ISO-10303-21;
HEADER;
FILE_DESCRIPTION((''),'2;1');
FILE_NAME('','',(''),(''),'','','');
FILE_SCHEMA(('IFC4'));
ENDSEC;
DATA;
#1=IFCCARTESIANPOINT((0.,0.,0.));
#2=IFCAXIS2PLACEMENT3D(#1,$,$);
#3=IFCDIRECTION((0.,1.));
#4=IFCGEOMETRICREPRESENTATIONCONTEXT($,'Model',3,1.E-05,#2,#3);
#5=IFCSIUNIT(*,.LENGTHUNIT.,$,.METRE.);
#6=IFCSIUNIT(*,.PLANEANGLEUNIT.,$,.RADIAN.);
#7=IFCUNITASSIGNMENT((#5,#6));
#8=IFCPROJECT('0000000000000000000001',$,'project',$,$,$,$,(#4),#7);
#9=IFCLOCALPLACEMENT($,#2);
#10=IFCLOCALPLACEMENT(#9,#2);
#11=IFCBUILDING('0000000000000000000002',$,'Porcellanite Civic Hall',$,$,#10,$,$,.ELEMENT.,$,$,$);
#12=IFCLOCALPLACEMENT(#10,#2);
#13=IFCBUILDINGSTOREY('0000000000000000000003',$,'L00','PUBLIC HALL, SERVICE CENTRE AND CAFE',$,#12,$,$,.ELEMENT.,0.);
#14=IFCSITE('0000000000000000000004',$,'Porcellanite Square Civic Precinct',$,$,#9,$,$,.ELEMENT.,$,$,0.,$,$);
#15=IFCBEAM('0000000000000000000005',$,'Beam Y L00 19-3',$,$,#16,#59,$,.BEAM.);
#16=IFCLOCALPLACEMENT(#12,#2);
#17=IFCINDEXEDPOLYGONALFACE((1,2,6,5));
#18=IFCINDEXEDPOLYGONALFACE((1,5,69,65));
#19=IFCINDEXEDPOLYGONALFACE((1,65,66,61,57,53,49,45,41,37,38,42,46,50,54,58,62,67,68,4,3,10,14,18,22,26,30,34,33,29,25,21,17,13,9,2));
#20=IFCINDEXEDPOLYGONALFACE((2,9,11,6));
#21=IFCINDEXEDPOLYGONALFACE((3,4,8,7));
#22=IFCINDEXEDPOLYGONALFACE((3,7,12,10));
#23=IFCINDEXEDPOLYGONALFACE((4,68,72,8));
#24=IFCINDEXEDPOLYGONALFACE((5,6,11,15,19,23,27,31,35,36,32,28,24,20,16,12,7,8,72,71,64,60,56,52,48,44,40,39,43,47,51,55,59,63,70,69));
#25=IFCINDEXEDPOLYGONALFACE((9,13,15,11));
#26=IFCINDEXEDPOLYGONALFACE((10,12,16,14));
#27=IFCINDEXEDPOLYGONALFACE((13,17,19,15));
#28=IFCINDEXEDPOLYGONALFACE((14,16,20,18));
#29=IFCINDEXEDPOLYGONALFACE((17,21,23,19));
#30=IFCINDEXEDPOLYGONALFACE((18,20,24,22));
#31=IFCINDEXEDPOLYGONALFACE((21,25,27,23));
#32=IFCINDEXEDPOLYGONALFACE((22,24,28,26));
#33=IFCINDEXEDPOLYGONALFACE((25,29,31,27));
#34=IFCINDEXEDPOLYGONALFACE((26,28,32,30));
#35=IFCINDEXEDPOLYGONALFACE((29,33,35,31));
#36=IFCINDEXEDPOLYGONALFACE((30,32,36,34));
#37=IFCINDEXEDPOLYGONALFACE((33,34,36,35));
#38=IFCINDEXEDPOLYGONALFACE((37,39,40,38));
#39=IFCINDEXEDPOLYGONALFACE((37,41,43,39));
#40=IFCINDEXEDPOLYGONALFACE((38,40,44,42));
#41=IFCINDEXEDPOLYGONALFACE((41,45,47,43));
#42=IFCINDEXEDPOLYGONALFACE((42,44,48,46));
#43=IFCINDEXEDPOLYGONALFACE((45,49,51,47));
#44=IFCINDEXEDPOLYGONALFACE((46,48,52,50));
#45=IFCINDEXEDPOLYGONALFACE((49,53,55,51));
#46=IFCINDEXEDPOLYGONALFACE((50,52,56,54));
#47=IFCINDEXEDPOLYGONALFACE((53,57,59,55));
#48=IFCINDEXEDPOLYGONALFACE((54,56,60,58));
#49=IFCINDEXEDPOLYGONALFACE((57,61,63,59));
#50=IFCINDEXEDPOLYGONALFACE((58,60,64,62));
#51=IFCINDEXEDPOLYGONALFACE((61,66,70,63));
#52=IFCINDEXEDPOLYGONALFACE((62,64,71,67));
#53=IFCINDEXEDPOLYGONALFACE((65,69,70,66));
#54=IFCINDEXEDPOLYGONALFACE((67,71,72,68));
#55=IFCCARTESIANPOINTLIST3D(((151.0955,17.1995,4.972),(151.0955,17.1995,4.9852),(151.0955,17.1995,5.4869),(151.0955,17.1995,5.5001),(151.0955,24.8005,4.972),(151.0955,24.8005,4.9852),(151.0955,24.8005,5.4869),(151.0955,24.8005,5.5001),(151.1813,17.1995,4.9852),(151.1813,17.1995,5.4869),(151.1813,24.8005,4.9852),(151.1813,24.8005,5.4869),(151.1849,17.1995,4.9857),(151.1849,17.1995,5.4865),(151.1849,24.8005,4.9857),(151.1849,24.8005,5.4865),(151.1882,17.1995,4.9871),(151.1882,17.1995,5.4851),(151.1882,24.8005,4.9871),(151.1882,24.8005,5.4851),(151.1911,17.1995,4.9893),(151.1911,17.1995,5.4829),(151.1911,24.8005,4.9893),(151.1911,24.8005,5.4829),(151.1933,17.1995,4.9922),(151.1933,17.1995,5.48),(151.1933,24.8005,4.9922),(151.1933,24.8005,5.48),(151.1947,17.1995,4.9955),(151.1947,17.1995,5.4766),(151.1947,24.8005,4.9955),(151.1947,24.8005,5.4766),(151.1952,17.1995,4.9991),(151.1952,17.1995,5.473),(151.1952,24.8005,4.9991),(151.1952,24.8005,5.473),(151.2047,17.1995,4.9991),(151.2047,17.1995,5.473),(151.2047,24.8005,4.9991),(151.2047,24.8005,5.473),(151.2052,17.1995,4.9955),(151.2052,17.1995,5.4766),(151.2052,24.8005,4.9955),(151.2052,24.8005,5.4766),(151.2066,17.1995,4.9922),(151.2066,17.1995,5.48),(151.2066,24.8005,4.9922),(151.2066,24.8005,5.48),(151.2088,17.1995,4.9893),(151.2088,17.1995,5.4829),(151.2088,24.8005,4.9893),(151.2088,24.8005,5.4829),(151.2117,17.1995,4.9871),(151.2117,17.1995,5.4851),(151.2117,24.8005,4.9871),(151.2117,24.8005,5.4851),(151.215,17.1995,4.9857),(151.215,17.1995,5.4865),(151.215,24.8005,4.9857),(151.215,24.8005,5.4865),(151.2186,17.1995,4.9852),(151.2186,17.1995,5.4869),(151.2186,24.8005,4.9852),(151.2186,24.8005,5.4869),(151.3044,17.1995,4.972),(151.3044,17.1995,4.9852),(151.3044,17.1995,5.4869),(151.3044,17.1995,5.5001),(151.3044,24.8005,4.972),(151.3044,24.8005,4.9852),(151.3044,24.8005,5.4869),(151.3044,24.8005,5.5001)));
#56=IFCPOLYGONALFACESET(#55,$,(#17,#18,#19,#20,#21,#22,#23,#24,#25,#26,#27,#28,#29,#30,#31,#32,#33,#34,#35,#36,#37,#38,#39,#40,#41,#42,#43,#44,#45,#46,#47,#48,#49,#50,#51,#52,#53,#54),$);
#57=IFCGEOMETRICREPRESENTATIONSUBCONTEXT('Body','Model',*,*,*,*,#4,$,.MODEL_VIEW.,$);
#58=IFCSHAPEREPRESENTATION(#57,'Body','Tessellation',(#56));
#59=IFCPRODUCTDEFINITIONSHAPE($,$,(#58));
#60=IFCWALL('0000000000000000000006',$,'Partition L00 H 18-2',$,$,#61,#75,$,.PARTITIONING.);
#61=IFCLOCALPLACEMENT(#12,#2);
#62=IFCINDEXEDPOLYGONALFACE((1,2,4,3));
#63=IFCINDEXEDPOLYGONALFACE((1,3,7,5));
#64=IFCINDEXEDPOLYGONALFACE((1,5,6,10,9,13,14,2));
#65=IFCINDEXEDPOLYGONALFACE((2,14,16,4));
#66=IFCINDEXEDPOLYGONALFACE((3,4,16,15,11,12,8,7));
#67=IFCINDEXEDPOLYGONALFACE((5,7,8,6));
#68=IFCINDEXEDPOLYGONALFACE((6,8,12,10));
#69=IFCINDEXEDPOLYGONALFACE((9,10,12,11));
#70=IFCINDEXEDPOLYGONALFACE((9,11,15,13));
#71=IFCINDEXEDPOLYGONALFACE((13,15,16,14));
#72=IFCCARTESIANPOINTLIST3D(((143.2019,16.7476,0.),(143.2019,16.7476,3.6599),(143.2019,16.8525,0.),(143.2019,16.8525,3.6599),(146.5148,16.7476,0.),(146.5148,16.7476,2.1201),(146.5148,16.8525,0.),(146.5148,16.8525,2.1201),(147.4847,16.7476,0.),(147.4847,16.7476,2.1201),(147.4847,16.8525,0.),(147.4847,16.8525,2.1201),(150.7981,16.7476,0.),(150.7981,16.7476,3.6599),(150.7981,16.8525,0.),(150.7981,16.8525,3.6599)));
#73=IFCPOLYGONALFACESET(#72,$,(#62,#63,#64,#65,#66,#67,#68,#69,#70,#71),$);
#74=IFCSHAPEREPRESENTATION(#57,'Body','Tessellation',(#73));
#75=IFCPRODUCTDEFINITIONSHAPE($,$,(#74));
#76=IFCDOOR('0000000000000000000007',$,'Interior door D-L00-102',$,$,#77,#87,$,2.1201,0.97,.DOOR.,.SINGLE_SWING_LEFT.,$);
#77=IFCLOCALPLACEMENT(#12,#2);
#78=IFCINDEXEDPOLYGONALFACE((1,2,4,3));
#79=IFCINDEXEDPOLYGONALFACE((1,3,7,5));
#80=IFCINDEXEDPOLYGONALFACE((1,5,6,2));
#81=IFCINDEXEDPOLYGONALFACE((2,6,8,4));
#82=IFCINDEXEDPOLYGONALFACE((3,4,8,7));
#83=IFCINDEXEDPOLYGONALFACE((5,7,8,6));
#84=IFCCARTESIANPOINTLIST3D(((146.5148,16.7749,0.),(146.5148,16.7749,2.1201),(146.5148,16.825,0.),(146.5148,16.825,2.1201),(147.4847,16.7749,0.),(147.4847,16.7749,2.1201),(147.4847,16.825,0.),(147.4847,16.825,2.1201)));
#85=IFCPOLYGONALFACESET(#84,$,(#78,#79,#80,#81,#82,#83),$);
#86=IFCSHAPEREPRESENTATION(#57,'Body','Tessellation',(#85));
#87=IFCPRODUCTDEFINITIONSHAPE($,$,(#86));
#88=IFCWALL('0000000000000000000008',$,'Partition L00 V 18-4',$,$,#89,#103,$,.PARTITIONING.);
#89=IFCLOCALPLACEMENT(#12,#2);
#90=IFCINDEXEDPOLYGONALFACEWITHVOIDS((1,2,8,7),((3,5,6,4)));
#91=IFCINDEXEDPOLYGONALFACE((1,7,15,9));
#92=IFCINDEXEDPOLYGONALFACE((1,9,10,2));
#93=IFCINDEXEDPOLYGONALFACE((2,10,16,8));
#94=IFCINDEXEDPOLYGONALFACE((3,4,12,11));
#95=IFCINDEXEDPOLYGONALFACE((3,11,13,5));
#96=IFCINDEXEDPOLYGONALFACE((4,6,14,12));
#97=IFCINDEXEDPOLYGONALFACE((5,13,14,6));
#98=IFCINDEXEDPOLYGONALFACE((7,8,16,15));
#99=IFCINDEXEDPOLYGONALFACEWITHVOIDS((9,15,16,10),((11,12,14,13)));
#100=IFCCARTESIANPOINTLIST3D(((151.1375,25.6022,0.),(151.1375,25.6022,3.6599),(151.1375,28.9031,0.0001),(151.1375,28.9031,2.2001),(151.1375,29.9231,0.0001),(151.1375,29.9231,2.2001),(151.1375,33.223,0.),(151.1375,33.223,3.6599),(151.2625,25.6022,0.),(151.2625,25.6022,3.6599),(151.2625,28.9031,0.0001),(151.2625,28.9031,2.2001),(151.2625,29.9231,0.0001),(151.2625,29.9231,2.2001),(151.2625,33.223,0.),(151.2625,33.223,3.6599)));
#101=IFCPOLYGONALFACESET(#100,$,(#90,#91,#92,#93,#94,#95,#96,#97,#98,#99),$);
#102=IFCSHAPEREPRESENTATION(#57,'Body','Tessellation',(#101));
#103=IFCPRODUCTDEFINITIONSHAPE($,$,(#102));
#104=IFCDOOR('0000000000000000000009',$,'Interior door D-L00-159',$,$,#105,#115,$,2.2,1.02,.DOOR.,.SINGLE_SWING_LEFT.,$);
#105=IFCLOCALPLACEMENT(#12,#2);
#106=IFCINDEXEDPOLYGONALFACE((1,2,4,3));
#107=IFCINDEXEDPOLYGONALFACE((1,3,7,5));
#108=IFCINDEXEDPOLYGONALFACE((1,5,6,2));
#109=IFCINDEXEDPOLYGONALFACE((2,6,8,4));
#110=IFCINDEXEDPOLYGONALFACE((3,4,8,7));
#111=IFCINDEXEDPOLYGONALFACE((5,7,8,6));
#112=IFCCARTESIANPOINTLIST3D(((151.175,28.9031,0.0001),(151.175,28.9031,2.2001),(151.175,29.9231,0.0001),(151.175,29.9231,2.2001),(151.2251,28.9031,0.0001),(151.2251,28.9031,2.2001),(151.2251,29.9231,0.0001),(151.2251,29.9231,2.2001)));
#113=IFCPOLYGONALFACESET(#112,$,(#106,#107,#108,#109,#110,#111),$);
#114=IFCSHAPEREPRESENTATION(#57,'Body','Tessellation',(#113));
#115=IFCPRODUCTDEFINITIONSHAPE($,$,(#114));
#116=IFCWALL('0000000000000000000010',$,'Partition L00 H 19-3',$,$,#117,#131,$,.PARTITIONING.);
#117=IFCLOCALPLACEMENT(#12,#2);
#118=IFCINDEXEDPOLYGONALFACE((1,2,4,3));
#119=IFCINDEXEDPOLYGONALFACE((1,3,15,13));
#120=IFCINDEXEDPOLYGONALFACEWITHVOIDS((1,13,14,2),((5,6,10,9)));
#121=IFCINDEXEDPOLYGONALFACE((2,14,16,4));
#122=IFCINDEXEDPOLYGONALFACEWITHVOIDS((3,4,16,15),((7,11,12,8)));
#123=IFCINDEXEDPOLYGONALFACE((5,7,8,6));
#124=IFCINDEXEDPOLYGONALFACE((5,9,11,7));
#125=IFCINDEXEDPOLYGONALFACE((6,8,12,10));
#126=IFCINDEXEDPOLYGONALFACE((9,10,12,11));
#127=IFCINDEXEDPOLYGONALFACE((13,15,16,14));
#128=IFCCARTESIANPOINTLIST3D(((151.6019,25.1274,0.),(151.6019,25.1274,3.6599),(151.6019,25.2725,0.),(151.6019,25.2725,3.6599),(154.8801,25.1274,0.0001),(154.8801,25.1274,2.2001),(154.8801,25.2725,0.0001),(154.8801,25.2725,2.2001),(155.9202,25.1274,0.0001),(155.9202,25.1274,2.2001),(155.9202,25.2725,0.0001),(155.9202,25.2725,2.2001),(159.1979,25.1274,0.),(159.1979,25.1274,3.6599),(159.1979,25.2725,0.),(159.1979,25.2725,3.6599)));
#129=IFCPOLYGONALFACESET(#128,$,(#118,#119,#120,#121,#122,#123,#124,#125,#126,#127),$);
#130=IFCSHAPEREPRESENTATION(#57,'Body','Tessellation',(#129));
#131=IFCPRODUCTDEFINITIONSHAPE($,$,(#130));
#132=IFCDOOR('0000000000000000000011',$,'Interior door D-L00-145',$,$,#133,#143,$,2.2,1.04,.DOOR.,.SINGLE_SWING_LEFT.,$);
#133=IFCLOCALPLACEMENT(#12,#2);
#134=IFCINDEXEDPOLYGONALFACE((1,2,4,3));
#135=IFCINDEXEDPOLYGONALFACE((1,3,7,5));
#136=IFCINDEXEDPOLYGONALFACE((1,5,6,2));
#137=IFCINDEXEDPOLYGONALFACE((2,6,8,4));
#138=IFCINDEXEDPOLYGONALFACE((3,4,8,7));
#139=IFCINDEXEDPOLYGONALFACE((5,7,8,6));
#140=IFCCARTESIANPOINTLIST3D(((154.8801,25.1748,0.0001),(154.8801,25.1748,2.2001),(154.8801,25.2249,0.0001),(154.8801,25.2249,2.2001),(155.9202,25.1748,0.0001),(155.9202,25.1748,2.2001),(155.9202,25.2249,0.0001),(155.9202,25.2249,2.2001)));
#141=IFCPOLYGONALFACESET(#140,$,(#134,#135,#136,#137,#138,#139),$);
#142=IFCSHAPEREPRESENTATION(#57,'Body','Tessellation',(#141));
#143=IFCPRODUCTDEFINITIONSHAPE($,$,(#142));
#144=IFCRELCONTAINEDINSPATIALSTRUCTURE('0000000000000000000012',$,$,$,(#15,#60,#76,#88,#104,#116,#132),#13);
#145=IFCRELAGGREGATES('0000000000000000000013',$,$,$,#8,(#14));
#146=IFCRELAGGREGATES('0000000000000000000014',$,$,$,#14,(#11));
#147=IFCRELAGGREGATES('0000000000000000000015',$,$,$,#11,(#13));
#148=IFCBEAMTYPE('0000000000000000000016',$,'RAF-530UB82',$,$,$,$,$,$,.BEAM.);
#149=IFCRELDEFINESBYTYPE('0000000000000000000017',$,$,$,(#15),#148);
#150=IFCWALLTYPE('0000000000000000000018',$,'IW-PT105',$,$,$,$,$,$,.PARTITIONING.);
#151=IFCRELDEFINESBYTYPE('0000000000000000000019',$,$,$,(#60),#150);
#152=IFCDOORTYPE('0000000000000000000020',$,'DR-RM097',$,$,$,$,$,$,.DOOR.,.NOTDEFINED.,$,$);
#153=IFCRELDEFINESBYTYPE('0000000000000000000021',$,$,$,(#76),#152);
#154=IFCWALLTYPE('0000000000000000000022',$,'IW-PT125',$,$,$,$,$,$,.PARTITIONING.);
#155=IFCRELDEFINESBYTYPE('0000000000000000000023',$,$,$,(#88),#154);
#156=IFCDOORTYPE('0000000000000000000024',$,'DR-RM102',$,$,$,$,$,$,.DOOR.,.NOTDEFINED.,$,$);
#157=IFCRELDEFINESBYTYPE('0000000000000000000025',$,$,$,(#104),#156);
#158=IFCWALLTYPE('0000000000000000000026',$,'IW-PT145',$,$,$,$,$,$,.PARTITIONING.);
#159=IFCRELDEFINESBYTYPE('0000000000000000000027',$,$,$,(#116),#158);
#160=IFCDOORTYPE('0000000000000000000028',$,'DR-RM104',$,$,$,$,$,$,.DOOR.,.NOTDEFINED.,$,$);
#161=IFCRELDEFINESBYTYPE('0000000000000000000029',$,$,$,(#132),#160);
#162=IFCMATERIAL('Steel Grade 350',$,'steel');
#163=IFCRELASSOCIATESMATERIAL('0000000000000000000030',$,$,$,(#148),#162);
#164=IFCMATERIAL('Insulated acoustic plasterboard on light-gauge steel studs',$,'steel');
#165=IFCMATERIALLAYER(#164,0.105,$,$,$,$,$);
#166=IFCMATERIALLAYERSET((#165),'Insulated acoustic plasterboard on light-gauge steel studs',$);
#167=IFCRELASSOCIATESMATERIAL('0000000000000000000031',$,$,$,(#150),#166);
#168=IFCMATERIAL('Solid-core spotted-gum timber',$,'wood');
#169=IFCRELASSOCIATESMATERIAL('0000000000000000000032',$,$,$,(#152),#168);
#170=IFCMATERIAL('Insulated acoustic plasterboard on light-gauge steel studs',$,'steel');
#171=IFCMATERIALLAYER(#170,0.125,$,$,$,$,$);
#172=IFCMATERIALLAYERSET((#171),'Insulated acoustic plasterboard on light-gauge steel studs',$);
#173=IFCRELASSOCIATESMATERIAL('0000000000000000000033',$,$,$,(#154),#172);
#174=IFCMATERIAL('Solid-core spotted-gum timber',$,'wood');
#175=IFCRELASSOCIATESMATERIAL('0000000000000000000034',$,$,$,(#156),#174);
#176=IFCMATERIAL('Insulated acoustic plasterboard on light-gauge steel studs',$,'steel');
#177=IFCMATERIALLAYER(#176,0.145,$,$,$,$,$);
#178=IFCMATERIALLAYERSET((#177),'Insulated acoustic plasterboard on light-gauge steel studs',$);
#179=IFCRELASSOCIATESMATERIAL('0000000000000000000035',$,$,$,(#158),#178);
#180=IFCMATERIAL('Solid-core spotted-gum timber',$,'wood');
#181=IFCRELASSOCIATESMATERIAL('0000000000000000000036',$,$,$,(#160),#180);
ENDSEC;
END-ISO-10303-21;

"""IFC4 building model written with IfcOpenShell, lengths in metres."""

from ifc_helpers import new_model, si_unit, direction, frame, frame_2d, origin, origin_2d, place, context, subcontext, project, spatial, rectangle, i_section, extrude, material, layer, layer_set, material_profile, profile_set, type_object, element, fill, save


model = new_model("IFC4")

# Units and contexts
model_context = context("Model", 3, precision=1e-05, world=origin(), true_north=direction((0.0, 1.0)))
body_context = subcontext(model_context, "Body", "Model", "MODEL_VIEW")
ifc_project = project(units=[si_unit("LENGTHUNIT", "METRE"), si_unit("PLANEANGLEUNIT", "RADIAN")], contexts=[model_context])

# Site, building, storey
site_placement = place(None, origin())
site = spatial("IfcSite", under=ifc_project, at=site_placement, Name="Porcellanite Square Civic Precinct", CompositionType="ELEMENT", RefElevation=0.0)
building_placement = place(site_placement, origin())
building = spatial("IfcBuilding", under=site, at=building_placement, Name="Porcellanite Civic Hall", CompositionType="ELEMENT")
storey_placement = place(building_placement, origin())
storey = spatial("IfcBuildingStorey", under=building, at=storey_placement, Name="L00", Description="PUBLIC HALL, SERVICE CENTRE AND CAFE", CompositionType="ELEMENT", Elevation=0.0)

# Beam
ifc_material_1 = material(Name="Steel Grade 350", Category="steel")
ifc_material_profile_1 = material_profile(ifc_material_1, i_section(OverallWidth=0.209, OverallDepth=0.5281, WebThickness=0.0095, FlangeThickness=0.0132, FilletRadius=0.0139, at=origin_2d()), Name="530UB82.0")
ifc_profile_set_1 = profile_set([ifc_material_profile_1], Name="Steel Grade 350")
beam_type_1 = type_object("IfcBeamType", Name="RAF-530UB82", PredefinedType="BEAM", material=ifc_profile_set_1)
beam_1_placement = place(storey_placement, frame((151.2, 17.1995, 5.2361), z_axis=(0.0, 1.0, 0.0), x_axis=(-1.0, 0.0, 0.0)))
element("IfcBeam", 1, at=beam_1_placement, inside=storey, type_object=beam_type_1, Name="Beam Y L00 19-3", PredefinedType="BEAM", context=body_context, shape_type="SweptSolid", body=[
    extrude(i_section(OverallWidth=0.209, OverallDepth=0.5281, WebThickness=0.0095, FlangeThickness=0.0132, FilletRadius=0.0139, at=origin_2d()), origin(), (0.0, 0.0, 1.0), 7.6011),
])

# Walls, openings, doors
ifc_material_2 = material(Name="Insulated acoustic plasterboard on light-gauge steel studs", Category="steel")
ifc_layer_1 = layer(ifc_material_2, 0.105)
ifc_layer_set_1 = layer_set([ifc_layer_1], Name="Insulated acoustic plasterboard on light-gauge steel studs")
wall_type_1 = type_object("IfcWallType", Name="IW-PT105", PredefinedType="PARTITIONING", material=ifc_layer_set_1)
wall_1_placement = place(storey_placement, frame((143.2019, 16.8, 0.0), z_axis=(0.0, 0.0, 1.0), x_axis=(1.0, 0.0, 0.0)))
wall_1 = element("IfcWall", 2, at=wall_1_placement, inside=storey, type_object=wall_type_1, Name="Partition L00 H 18-2", PredefinedType="PARTITIONING", context=body_context, shape_type="SweptSolid", body=[
    extrude(rectangle(XDim=7.5962, YDim=0.105, at=frame_2d((3.7981, 0.0))), origin(), (0.0, 0.0, 1.0), 3.6599),
])
opening_1_placement = place(wall_1_placement, frame((3.313, 0.0, 0.0)))
opening_1 = element("IfcOpeningElement", 3, at=opening_1_placement, cuts=wall_1, PredefinedType="OPENING", context=body_context, shape_type="SweptSolid", body=[
    extrude(rectangle(XDim=0.97, YDim=2.1201, at=frame_2d((0.4849, 1.0601))), frame((0.0, 0.0525, 0.0), z_axis=(0.0, -1.0, 0.0), x_axis=(1.0, 0.0, 0.0)), (0.0, 0.0, 1.0), 0.105),
])
ifc_material_3 = material(Name="Solid-core spotted-gum timber", Category="wood")
door_type_1 = type_object("IfcDoorType", Name="DR-RM097", OperationType="NOTDEFINED", PredefinedType="DOOR", material=ifc_material_3)
door_1_placement = place(opening_1_placement, origin())
door_1 = element("IfcDoor", 4, at=door_1_placement, inside=storey, type_object=door_type_1, Name="Interior door D-L00-102", OperationType="SINGLE_SWING_LEFT", OverallHeight=2.1201, OverallWidth=0.97, PredefinedType="DOOR", context=body_context, shape_type="SweptSolid", body=[
    extrude(rectangle(XDim=0.97, YDim=2.1201, at=frame_2d((0.4849, 1.0601))), frame((0.0, 0.0249, 0.0), z_axis=(0.0, -1.0, 0.0), x_axis=(1.0, 0.0, 0.0)), (0.0, 0.0, 1.0), 0.05),
])
fill(opening_1, door_1)
ifc_material_4 = material(Name="Insulated acoustic plasterboard on light-gauge steel studs", Category="steel")
ifc_layer_2 = layer(ifc_material_4, 0.125)
ifc_layer_set_2 = layer_set([ifc_layer_2], Name="Insulated acoustic plasterboard on light-gauge steel studs")
wall_type_2 = type_object("IfcWallType", Name="IW-PT125", PredefinedType="PARTITIONING", material=ifc_layer_set_2)
wall_2_placement = place(storey_placement, frame((151.2, 25.6021, 0.0), z_axis=(0.0, 0.0, 1.0), x_axis=(0.0, 1.0, 0.0)))
wall_2 = element("IfcWall", 5, at=wall_2_placement, inside=storey, type_object=wall_type_2, Name="Partition L00 V 18-4", PredefinedType="PARTITIONING", context=body_context, shape_type="SweptSolid", body=[
    extrude(rectangle(XDim=7.6208, YDim=0.125, at=frame_2d((3.8105, 0.0))), origin(), (0.0, 0.0, 1.0), 3.6599),
])
opening_2_placement = place(wall_2_placement, frame((3.301, 0.0, 0.0)))
opening_2 = element("IfcOpeningElement", 6, at=opening_2_placement, cuts=wall_2, PredefinedType="OPENING", context=body_context, shape_type="SweptSolid", body=[
    extrude(rectangle(XDim=1.02, YDim=2.2, at=frame_2d((0.51, 1.1001))), frame((0.0, 0.0625, 0.0), z_axis=(0.0, -1.0, 0.0), x_axis=(1.0, 0.0, 0.0)), (0.0, 0.0, 1.0), 0.125),
])
ifc_material_5 = material(Name="Solid-core spotted-gum timber", Category="wood")
door_type_2 = type_object("IfcDoorType", Name="DR-RM102", OperationType="NOTDEFINED", PredefinedType="DOOR", material=ifc_material_5)
door_2_placement = place(opening_2_placement, origin())
door_2 = element("IfcDoor", 7, at=door_2_placement, inside=storey, type_object=door_type_2, Name="Interior door D-L00-159", OperationType="SINGLE_SWING_LEFT", OverallHeight=2.2, OverallWidth=1.02, PredefinedType="DOOR", context=body_context, shape_type="SweptSolid", body=[
    extrude(rectangle(XDim=1.02, YDim=2.2, at=frame_2d((0.51, 1.1001))), frame((0.0, 0.0249, 0.0), z_axis=(0.0, -1.0, 0.0), x_axis=(1.0, 0.0, 0.0)), (0.0, 0.0, 1.0), 0.05),
])
fill(opening_2, door_2)
ifc_material_6 = material(Name="Insulated acoustic plasterboard on light-gauge steel studs", Category="steel")
ifc_layer_3 = layer(ifc_material_6, 0.145)
ifc_layer_set_3 = layer_set([ifc_layer_3], Name="Insulated acoustic plasterboard on light-gauge steel studs")
wall_type_3 = type_object("IfcWallType", Name="IW-PT145", PredefinedType="PARTITIONING", material=ifc_layer_set_3)
wall_3_placement = place(storey_placement, frame((151.6021, 25.2, 0.0), z_axis=(0.0, 0.0, 1.0), x_axis=(1.0, 0.0, 0.0)))
wall_3 = element("IfcWall", 8, at=wall_3_placement, inside=storey, type_object=wall_type_3, Name="Partition L00 H 19-3", PredefinedType="PARTITIONING", context=body_context, shape_type="SweptSolid", body=[
    extrude(rectangle(XDim=7.5959, YDim=0.145, at=frame_2d((3.7979, 0.0))), origin(), (0.0, 0.0, 1.0), 3.6599),
])
opening_3_placement = place(wall_3_placement, frame((3.2781, 0.0, 0.0)))
opening_3 = element("IfcOpeningElement", 9, at=opening_3_placement, cuts=wall_3, PredefinedType="OPENING", context=body_context, shape_type="SweptSolid", body=[
    extrude(rectangle(XDim=1.04, YDim=2.2, at=frame_2d((0.52, 1.1001))), frame((0.0, 0.0725, 0.0), z_axis=(0.0, -1.0, 0.0), x_axis=(1.0, 0.0, 0.0)), (0.0, 0.0, 1.0), 0.145),
])
ifc_material_7 = material(Name="Solid-core spotted-gum timber", Category="wood")
door_type_3 = type_object("IfcDoorType", Name="DR-RM104", OperationType="NOTDEFINED", PredefinedType="DOOR", material=ifc_material_7)
door_3_placement = place(opening_3_placement, origin())
door_3 = element("IfcDoor", 10, at=door_3_placement, inside=storey, type_object=door_type_3, Name="Interior door D-L00-145", OperationType="SINGLE_SWING_LEFT", OverallHeight=2.2, OverallWidth=1.04, PredefinedType="DOOR", context=body_context, shape_type="SweptSolid", body=[
    extrude(rectangle(XDim=1.04, YDim=2.2, at=frame_2d((0.52, 1.1001))), frame((0.0, 0.0249, 0.0), z_axis=(0.0, -1.0, 0.0), x_axis=(1.0, 0.0, 0.0)), (0.0, 0.0, 1.0), 0.05),
])
fill(opening_3, door_3)

save(model, "model.ifc")
